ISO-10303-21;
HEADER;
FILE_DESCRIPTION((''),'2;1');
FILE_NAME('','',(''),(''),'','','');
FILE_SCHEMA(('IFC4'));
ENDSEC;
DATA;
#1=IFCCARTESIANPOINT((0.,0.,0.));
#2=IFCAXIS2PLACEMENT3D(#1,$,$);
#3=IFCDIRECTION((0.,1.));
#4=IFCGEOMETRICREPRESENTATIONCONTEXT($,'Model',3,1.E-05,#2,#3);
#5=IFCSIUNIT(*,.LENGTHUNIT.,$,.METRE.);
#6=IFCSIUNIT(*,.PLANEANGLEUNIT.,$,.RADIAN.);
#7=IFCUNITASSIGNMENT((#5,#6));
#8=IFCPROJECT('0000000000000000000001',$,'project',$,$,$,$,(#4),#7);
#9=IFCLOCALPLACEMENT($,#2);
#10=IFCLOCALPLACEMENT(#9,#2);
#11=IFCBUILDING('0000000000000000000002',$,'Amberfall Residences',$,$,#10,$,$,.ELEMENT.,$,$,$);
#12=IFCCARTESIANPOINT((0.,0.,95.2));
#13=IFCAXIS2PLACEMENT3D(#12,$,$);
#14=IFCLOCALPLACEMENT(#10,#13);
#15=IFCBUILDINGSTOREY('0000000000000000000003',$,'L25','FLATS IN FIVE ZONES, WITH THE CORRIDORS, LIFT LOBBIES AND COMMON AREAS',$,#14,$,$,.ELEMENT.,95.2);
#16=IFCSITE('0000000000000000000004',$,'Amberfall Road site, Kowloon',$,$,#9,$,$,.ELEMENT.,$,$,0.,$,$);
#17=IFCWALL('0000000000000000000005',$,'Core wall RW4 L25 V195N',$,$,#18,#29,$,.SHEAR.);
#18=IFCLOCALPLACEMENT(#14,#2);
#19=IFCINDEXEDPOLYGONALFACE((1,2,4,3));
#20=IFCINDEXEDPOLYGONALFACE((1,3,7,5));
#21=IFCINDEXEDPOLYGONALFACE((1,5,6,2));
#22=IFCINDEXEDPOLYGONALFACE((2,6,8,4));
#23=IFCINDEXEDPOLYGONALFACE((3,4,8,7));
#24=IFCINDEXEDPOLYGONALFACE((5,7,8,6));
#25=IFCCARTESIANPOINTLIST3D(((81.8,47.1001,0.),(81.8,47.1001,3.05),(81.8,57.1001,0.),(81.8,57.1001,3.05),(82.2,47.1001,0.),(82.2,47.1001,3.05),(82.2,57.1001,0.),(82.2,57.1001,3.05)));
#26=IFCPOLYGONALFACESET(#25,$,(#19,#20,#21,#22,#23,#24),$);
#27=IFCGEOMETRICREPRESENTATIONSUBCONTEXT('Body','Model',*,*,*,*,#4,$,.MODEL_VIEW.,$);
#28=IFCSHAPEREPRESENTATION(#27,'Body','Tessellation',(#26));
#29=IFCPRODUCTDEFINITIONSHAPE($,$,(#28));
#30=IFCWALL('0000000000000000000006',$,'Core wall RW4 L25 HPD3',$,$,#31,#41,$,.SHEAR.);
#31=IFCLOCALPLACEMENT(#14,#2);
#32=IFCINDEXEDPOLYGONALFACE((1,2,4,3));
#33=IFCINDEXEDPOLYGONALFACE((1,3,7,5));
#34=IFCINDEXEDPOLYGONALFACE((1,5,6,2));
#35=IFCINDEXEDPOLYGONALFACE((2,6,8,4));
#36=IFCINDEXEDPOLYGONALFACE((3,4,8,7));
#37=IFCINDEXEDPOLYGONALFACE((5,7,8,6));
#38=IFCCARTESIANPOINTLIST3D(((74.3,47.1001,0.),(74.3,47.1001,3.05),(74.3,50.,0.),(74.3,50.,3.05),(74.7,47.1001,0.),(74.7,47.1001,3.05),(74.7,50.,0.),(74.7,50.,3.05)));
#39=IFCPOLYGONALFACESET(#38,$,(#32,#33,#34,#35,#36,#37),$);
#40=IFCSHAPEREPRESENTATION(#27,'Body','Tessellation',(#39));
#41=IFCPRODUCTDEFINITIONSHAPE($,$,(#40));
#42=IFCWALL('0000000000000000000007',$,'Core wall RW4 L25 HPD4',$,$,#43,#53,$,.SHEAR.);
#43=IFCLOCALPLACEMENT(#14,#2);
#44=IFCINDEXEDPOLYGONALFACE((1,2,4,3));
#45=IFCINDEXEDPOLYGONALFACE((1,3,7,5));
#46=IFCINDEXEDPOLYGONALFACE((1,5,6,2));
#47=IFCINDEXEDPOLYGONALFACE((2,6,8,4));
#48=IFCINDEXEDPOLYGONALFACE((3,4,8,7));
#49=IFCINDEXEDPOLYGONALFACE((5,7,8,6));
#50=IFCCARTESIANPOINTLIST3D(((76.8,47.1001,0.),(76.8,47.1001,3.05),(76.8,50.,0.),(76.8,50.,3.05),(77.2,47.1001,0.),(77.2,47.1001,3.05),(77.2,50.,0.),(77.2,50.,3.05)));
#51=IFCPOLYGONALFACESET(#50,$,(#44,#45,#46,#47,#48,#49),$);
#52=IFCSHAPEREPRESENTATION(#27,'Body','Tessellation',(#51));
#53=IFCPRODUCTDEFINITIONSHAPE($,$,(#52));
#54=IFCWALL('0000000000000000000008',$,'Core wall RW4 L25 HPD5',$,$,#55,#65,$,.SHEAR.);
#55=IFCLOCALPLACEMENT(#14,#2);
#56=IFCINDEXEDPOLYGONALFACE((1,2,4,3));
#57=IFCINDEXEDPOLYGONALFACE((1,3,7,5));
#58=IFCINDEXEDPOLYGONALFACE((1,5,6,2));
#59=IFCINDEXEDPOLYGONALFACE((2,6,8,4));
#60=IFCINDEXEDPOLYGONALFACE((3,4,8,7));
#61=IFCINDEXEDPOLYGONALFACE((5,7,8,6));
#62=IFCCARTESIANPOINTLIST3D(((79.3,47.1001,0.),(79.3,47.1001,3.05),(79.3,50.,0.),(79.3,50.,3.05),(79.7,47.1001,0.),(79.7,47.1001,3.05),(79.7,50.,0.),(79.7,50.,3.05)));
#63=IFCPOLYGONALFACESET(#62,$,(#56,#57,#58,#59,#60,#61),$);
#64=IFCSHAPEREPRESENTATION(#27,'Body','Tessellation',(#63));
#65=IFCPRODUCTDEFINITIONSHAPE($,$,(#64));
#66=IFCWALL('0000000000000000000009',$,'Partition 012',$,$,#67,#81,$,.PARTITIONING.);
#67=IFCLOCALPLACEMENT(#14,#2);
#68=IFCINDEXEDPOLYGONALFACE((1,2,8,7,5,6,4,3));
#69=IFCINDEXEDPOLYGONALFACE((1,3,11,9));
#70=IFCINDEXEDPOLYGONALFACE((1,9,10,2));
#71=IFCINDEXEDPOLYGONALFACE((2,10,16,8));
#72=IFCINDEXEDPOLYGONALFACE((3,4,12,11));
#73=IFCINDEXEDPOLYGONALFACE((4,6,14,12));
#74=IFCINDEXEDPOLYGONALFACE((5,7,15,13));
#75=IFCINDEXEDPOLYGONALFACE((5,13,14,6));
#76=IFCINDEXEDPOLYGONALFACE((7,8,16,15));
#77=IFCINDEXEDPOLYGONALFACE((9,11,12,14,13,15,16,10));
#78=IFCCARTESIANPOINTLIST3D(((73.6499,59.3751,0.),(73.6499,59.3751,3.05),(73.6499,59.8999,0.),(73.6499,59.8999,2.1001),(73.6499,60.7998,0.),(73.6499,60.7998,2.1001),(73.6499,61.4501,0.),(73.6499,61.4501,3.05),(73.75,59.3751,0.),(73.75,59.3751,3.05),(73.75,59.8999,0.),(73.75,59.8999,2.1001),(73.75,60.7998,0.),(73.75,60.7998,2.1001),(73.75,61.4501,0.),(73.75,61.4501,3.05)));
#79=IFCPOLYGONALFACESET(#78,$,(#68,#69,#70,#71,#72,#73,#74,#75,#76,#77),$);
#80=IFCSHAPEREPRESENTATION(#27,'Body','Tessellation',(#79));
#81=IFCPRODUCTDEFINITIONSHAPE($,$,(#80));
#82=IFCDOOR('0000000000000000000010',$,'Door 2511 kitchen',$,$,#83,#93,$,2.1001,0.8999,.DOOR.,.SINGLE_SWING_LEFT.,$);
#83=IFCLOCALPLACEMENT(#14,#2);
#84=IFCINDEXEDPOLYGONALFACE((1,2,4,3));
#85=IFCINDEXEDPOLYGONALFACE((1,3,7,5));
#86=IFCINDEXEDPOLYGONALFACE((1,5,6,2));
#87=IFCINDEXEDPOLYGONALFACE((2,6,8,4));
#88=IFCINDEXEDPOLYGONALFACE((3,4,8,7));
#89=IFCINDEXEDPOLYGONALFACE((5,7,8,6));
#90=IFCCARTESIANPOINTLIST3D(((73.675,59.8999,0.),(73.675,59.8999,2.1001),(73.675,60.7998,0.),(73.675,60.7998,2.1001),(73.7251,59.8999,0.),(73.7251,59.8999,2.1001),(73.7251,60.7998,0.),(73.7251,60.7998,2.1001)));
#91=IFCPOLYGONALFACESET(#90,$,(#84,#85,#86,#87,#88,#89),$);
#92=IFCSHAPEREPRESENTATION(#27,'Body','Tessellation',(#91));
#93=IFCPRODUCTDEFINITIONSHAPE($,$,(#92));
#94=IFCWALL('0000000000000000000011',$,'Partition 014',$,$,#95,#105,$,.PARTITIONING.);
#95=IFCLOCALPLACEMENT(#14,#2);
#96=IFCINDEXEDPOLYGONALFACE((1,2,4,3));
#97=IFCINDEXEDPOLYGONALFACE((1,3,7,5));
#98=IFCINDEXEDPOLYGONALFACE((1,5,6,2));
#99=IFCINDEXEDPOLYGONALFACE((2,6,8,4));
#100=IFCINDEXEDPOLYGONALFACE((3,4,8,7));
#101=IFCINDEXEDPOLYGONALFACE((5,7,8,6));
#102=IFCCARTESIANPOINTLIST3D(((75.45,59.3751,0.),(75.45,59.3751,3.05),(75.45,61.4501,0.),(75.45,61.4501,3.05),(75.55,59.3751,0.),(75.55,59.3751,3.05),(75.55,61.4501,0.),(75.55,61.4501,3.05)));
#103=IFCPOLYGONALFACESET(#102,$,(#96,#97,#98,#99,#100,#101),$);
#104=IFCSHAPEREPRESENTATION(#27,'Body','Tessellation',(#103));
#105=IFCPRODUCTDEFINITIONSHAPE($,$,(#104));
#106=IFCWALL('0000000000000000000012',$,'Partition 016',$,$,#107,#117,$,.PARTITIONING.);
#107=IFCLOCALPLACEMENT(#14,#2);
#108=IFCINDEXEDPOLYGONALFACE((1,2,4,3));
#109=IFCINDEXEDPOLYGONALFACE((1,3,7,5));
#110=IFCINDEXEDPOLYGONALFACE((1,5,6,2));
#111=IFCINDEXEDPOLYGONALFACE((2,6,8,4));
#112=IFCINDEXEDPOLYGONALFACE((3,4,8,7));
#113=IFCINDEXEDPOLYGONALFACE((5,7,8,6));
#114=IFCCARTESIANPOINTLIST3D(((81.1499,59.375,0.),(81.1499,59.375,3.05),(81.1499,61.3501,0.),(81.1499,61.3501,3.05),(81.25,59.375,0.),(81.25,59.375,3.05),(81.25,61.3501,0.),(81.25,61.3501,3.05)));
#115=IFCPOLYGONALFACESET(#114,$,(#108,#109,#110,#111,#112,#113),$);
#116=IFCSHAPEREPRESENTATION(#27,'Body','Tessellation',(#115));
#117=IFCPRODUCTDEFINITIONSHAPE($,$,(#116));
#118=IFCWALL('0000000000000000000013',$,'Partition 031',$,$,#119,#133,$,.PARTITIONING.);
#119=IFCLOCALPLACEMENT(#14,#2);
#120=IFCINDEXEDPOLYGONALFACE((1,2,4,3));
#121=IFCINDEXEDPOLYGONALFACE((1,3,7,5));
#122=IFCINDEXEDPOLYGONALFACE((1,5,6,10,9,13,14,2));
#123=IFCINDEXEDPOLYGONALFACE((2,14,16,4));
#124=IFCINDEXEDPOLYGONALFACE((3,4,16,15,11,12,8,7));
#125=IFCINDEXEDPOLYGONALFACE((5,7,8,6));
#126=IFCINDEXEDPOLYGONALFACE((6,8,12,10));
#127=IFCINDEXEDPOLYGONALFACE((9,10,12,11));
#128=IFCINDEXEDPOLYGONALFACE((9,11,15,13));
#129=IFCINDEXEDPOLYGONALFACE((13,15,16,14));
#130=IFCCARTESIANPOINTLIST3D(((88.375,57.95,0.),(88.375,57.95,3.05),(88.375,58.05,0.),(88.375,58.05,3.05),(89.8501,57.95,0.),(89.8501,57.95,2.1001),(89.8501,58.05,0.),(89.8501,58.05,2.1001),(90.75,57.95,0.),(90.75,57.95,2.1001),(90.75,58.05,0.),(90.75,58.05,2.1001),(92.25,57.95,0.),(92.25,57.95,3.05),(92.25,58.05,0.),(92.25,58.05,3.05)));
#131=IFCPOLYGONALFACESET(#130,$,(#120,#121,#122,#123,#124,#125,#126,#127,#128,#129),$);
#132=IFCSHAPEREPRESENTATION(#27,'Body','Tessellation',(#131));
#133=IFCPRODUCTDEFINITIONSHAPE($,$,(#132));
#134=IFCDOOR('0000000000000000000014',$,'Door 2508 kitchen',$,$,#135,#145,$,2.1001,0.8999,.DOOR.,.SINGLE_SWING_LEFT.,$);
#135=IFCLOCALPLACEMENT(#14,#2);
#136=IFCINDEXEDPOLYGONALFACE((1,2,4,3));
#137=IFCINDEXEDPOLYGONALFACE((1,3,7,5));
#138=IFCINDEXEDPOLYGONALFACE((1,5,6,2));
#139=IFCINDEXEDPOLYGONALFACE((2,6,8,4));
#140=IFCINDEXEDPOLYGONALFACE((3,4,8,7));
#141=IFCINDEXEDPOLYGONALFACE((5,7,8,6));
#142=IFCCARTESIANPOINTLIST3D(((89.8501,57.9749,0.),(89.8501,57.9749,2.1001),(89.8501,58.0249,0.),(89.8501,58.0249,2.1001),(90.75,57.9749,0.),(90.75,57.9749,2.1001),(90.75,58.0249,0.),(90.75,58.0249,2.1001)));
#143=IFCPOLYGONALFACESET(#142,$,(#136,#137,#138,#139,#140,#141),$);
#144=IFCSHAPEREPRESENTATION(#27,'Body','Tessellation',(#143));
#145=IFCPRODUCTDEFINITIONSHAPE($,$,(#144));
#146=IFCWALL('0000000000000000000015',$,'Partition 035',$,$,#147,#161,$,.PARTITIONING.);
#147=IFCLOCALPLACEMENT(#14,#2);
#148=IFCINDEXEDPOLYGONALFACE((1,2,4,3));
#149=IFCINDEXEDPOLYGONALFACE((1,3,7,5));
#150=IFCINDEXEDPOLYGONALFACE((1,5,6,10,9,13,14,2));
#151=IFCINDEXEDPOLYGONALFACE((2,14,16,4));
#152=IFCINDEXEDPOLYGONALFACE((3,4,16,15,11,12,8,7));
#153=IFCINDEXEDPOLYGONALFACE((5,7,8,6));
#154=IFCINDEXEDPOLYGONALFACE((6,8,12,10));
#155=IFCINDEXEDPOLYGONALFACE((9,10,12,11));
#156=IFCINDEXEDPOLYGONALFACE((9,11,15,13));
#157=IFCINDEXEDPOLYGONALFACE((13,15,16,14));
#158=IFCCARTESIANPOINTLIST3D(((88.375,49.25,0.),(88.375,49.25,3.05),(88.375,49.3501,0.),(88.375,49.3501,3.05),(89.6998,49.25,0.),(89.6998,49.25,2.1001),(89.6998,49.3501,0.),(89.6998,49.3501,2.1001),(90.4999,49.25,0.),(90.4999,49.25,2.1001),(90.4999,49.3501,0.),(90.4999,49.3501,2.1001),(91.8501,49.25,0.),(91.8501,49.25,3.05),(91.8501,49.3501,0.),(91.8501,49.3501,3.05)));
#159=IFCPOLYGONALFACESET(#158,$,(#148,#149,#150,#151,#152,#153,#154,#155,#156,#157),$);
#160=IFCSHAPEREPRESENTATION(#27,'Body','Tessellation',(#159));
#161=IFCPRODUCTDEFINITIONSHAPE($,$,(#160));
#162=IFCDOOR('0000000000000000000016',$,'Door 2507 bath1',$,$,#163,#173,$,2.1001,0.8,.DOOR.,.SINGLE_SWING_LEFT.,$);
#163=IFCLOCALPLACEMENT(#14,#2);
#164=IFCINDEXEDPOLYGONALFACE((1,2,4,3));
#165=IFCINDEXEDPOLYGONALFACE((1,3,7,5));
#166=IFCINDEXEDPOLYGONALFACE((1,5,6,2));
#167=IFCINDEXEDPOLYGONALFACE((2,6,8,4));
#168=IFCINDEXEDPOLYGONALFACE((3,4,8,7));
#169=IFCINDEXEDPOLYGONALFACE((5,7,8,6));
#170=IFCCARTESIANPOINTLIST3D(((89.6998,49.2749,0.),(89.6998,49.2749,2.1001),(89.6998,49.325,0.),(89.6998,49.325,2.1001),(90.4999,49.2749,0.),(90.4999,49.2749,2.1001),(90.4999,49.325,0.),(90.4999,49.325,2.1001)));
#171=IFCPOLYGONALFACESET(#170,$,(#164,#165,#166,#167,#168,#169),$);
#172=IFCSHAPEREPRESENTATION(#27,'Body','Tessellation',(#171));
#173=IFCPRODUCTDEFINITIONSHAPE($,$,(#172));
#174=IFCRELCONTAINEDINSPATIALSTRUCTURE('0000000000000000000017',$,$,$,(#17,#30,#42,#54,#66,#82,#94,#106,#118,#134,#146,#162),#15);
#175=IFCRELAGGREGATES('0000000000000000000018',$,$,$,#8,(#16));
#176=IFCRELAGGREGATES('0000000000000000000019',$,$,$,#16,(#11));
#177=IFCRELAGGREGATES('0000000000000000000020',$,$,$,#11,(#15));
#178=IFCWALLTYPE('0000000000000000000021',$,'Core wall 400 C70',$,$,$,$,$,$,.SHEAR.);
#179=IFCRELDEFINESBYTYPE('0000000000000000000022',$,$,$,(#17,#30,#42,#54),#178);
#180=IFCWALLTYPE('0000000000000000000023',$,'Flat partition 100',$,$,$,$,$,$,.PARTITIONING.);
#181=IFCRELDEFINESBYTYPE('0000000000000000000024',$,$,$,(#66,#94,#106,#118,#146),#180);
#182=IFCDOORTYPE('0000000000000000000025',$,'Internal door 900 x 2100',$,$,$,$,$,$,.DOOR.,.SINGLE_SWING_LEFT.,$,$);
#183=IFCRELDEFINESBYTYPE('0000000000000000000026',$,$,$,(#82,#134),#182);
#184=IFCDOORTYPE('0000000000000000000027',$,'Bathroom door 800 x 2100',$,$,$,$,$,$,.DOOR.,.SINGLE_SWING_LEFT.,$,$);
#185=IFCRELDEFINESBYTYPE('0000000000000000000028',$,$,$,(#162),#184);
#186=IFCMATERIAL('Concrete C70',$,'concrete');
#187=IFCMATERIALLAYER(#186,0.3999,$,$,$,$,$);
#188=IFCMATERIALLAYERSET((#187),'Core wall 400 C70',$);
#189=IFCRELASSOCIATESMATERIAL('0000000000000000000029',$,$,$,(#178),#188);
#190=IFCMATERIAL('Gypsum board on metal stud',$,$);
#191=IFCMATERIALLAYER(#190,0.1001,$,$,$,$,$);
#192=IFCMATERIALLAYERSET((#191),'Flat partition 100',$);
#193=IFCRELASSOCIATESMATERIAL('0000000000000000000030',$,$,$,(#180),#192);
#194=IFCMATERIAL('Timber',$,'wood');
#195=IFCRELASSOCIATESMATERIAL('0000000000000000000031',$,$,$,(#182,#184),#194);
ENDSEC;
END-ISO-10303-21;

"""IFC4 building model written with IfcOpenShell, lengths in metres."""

from ifc_helpers import new_model, si_unit, direction, frame, frame_2d, origin, place, context, subcontext, project, spatial, rectangle, extrude, material, layer, layer_set, type_object, element, fill, save


model = new_model("IFC4")

# Units and contexts
model_context = context("Model", 3, precision=1e-05, world=origin(), true_north=direction((0.0, 1.0)))
body_context = subcontext(model_context, "Body", "Model", "MODEL_VIEW")
ifc_project = project(units=[si_unit("LENGTHUNIT", "METRE"), si_unit("PLANEANGLEUNIT", "RADIAN")], contexts=[model_context])

# Site, building, storey
site_placement = place(None, origin())
site = spatial("IfcSite", under=ifc_project, at=site_placement, Name="Amberfall Road site, Kowloon", CompositionType="ELEMENT", RefElevation=0.0)
building_placement = place(site_placement, origin())
building = spatial("IfcBuilding", under=site, at=building_placement, Name="Amberfall Residences", CompositionType="ELEMENT")
storey_placement = place(building_placement, frame((0.0, 0.0, 95.2)))
storey = spatial("IfcBuildingStorey", under=building, at=storey_placement, Name="L25", Description="FLATS IN FIVE ZONES, WITH THE CORRIDORS, LIFT LOBBIES AND COMMON AREAS", CompositionType="ELEMENT", Elevation=95.2)

# Walls
ifc_material_1 = material(Name="Concrete C70", Category="concrete")
ifc_layer_1 = layer(ifc_material_1, 0.3999)
ifc_layer_set_1 = layer_set([ifc_layer_1], Name="Core wall 400 C70")
wall_type_1 = type_object("IfcWallType", Name="Core wall 400 C70", PredefinedType="SHEAR", material=ifc_layer_set_1)
wall_1_placement = place(storey_placement, frame((82.0, 47.1001, 0.0), z_axis=(0.0, 0.0, 1.0), x_axis=(0.0, 1.0, 0.0)))
element("IfcWall", 1, at=wall_1_placement, inside=storey, type_object=wall_type_1, Name="Core wall RW4 L25 V195N", PredefinedType="SHEAR", context=body_context, shape_type="SweptSolid", body=[
    extrude(rectangle(XDim=10.0, YDim=0.3999, at=frame_2d((5.0, 0.0))), origin(), (0.0, 0.0, 1.0), 3.05),
])
for number, where, z_axis, x_axis, name in (
    (2, (74.5, 47.1001, 0.0), (0.0, 0.0, 1.0), (0.0, 1.0, 0.0), "Core wall RW4 L25 HPD3"),
    (3, (77.0, 47.1001, 0.0), (0.0, 0.0, 1.0), (0.0, 1.0, 0.0), "Core wall RW4 L25 HPD4"),
    (4, (79.5, 47.1001, 0.0), (0.0, 0.0, 1.0), (0.0, 1.0, 0.0), "Core wall RW4 L25 HPD5"),
):
    element("IfcWall", number, at=place(storey_placement, frame(where, z_axis=z_axis, x_axis=x_axis)), inside=storey, type_object=wall_type_1, Name=name, PredefinedType="SHEAR", context=body_context, shape_type="SweptSolid", body=[
        extrude(rectangle(XDim=2.8999, YDim=0.3999, at=frame_2d((1.45, 0.0))), origin(), (0.0, 0.0, 1.0), 3.05),
    ])

# Wall, opening, door
ifc_material_2 = material(Name="Gypsum board on metal stud")
ifc_layer_2 = layer(ifc_material_2, 0.1001)
ifc_layer_set_2 = layer_set([ifc_layer_2], Name="Flat partition 100")
wall_type_2 = type_object("IfcWallType", Name="Flat partition 100", PredefinedType="PARTITIONING", material=ifc_layer_set_2)
wall_2_placement = place(storey_placement, frame((73.7, 59.375, 0.0), z_axis=(0.0, 0.0, 1.0), x_axis=(0.0, 1.0, 0.0)))
wall_2 = element("IfcWall", 5, at=wall_2_placement, inside=storey, type_object=wall_type_2, Name="Partition 012", PredefinedType="PARTITIONING", context=body_context, shape_type="SweptSolid", body=[
    extrude(rectangle(XDim=2.075, YDim=0.1001, at=frame_2d((1.0376, 0.0))), origin(), (0.0, 0.0, 1.0), 3.05),
])
opening_1_placement = place(wall_2_placement, frame((0.5249, 0.0, 0.0)))
opening_1 = element("IfcOpeningElement", 6, at=opening_1_placement, cuts=wall_2, PredefinedType="OPENING", context=body_context, shape_type="SweptSolid", body=[
    extrude(rectangle(XDim=0.8999, YDim=2.1001, at=frame_2d((0.45, 1.05))), frame((0.0, 0.0601, 0.0), z_axis=(0.0, -1.0, 0.0), x_axis=(1.0, 0.0, 0.0)), (0.0, 0.0, 1.0), 0.1201),
])
ifc_material_3 = material(Name="Timber", Category="wood")
door_type_1 = type_object("IfcDoorType", Name="Internal door 900 x 2100", OperationType="SINGLE_SWING_LEFT", PredefinedType="DOOR", material=ifc_material_3)
door_1_placement = place(opening_1_placement, origin())
door_1 = element("IfcDoor", 7, at=door_1_placement, inside=storey, type_object=door_type_1, Name="Door 2511 kitchen", OperationType="SINGLE_SWING_LEFT", OverallHeight=2.1001, OverallWidth=0.8999, PredefinedType="DOOR", context=body_context, shape_type="SweptSolid", body=[
    extrude(rectangle(XDim=0.8999, YDim=2.1001, at=frame_2d((0.45, 1.05))), frame((0.0, 0.0249, 0.0), z_axis=(0.0, -1.0, 0.0), x_axis=(1.0, 0.0, 0.0)), (0.0, 0.0, 1.0), 0.05),
])
fill(opening_1, door_1)

# Walls
wall_3_placement = place(storey_placement, frame((75.5, 59.375, 0.0), z_axis=(0.0, 0.0, 1.0), x_axis=(0.0, 1.0, 0.0)))
element("IfcWall", 8, at=wall_3_placement, inside=storey, type_object=wall_type_2, Name="Partition 014", PredefinedType="PARTITIONING", context=body_context, shape_type="SweptSolid", body=[
    extrude(rectangle(XDim=2.075, YDim=0.1001, at=frame_2d((1.0376, 0.0))), origin(), (0.0, 0.0, 1.0), 3.05),
])
wall_4_placement = place(storey_placement, frame((81.2, 59.375, 0.0), z_axis=(0.0, 0.0, 1.0), x_axis=(0.0, 1.0, 0.0)))
element("IfcWall", 9, at=wall_4_placement, inside=storey, type_object=wall_type_2, Name="Partition 016", PredefinedType="PARTITIONING", context=body_context, shape_type="SweptSolid", body=[
    extrude(rectangle(XDim=1.9751, YDim=0.1001, at=frame_2d((0.9875, 0.0))), origin(), (0.0, 0.0, 1.0), 3.05),
])

# Walls, openings, doors
wall_5_placement = place(storey_placement, frame((88.375, 58.0, 0.0), z_axis=(0.0, 0.0, 1.0), x_axis=(1.0, 0.0, 0.0)))
wall_5 = element("IfcWall", 10, at=wall_5_placement, inside=storey, type_object=wall_type_2, Name="Partition 031", PredefinedType="PARTITIONING", context=body_context, shape_type="SweptSolid", body=[
    extrude(rectangle(XDim=3.875, YDim=0.1001, at=frame_2d((1.9375, 0.0))), origin(), (0.0, 0.0, 1.0), 3.05),
])
opening_2_placement = place(wall_5_placement, frame((1.4751, 0.0, 0.0)))
opening_2 = element("IfcOpeningElement", 11, at=opening_2_placement, cuts=wall_5, PredefinedType="OPENING", context=body_context, shape_type="SweptSolid", body=[
    extrude(rectangle(XDim=0.8999, YDim=2.1001, at=frame_2d((0.45, 1.05))), frame((0.0, 0.0601, 0.0), z_axis=(0.0, -1.0, 0.0), x_axis=(1.0, 0.0, 0.0)), (0.0, 0.0, 1.0), 0.1201),
])
door_2_placement = place(opening_2_placement, origin())
door_2 = element("IfcDoor", 12, at=door_2_placement, inside=storey, type_object=door_type_1, Name="Door 2508 kitchen", OperationType="SINGLE_SWING_LEFT", OverallHeight=2.1001, OverallWidth=0.8999, PredefinedType="DOOR", context=body_context, shape_type="SweptSolid", body=[
    extrude(rectangle(XDim=0.8999, YDim=2.1001, at=frame_2d((0.45, 1.05))), frame((0.0, 0.0249, 0.0), z_axis=(0.0, -1.0, 0.0), x_axis=(1.0, 0.0, 0.0)), (0.0, 0.0, 1.0), 0.05),
])
fill(opening_2, door_2)
wall_6_placement = place(storey_placement, frame((88.375, 49.3, 0.0), z_axis=(0.0, 0.0, 1.0), x_axis=(1.0, 0.0, 0.0)))
wall_6 = element("IfcWall", 13, at=wall_6_placement, inside=storey, type_object=wall_type_2, Name="Partition 035", PredefinedType="PARTITIONING", context=body_context, shape_type="SweptSolid", body=[
    extrude(rectangle(XDim=3.4751, YDim=0.1001, at=frame_2d((1.7375, 0.0))), origin(), (0.0, 0.0, 1.0), 3.05),
])
opening_3_placement = place(wall_6_placement, frame((1.325, 0.0, 0.0)))
opening_3 = element("IfcOpeningElement", 14, at=opening_3_placement, cuts=wall_6, PredefinedType="OPENING", context=body_context, shape_type="SweptSolid", body=[
    extrude(rectangle(XDim=0.8, YDim=2.1001, at=frame_2d((0.3999, 1.05))), frame((0.0, 0.0601, 0.0), z_axis=(0.0, -1.0, 0.0), x_axis=(1.0, 0.0, 0.0)), (0.0, 0.0, 1.0), 0.1201),
])
door_type_2 = type_object("IfcDoorType", Name="Bathroom door 800 x 2100", OperationType="SINGLE_SWING_LEFT", PredefinedType="DOOR", material=ifc_material_3)
door_3_placement = place(opening_3_placement, origin())
door_3 = element("IfcDoor", 15, at=door_3_placement, inside=storey, type_object=door_type_2, Name="Door 2507 bath1", OperationType="SINGLE_SWING_LEFT", OverallHeight=2.1001, OverallWidth=0.8, PredefinedType="DOOR", context=body_context, shape_type="SweptSolid", body=[
    extrude(rectangle(XDim=0.8, YDim=2.1001, at=frame_2d((0.3999, 1.05))), frame((0.0, 0.0249, 0.0), z_axis=(0.0, -1.0, 0.0), x_axis=(1.0, 0.0, 0.0)), (0.0, 0.0, 1.0), 0.05),
])
fill(opening_3, door_3)

save(model, "model.ifc")
